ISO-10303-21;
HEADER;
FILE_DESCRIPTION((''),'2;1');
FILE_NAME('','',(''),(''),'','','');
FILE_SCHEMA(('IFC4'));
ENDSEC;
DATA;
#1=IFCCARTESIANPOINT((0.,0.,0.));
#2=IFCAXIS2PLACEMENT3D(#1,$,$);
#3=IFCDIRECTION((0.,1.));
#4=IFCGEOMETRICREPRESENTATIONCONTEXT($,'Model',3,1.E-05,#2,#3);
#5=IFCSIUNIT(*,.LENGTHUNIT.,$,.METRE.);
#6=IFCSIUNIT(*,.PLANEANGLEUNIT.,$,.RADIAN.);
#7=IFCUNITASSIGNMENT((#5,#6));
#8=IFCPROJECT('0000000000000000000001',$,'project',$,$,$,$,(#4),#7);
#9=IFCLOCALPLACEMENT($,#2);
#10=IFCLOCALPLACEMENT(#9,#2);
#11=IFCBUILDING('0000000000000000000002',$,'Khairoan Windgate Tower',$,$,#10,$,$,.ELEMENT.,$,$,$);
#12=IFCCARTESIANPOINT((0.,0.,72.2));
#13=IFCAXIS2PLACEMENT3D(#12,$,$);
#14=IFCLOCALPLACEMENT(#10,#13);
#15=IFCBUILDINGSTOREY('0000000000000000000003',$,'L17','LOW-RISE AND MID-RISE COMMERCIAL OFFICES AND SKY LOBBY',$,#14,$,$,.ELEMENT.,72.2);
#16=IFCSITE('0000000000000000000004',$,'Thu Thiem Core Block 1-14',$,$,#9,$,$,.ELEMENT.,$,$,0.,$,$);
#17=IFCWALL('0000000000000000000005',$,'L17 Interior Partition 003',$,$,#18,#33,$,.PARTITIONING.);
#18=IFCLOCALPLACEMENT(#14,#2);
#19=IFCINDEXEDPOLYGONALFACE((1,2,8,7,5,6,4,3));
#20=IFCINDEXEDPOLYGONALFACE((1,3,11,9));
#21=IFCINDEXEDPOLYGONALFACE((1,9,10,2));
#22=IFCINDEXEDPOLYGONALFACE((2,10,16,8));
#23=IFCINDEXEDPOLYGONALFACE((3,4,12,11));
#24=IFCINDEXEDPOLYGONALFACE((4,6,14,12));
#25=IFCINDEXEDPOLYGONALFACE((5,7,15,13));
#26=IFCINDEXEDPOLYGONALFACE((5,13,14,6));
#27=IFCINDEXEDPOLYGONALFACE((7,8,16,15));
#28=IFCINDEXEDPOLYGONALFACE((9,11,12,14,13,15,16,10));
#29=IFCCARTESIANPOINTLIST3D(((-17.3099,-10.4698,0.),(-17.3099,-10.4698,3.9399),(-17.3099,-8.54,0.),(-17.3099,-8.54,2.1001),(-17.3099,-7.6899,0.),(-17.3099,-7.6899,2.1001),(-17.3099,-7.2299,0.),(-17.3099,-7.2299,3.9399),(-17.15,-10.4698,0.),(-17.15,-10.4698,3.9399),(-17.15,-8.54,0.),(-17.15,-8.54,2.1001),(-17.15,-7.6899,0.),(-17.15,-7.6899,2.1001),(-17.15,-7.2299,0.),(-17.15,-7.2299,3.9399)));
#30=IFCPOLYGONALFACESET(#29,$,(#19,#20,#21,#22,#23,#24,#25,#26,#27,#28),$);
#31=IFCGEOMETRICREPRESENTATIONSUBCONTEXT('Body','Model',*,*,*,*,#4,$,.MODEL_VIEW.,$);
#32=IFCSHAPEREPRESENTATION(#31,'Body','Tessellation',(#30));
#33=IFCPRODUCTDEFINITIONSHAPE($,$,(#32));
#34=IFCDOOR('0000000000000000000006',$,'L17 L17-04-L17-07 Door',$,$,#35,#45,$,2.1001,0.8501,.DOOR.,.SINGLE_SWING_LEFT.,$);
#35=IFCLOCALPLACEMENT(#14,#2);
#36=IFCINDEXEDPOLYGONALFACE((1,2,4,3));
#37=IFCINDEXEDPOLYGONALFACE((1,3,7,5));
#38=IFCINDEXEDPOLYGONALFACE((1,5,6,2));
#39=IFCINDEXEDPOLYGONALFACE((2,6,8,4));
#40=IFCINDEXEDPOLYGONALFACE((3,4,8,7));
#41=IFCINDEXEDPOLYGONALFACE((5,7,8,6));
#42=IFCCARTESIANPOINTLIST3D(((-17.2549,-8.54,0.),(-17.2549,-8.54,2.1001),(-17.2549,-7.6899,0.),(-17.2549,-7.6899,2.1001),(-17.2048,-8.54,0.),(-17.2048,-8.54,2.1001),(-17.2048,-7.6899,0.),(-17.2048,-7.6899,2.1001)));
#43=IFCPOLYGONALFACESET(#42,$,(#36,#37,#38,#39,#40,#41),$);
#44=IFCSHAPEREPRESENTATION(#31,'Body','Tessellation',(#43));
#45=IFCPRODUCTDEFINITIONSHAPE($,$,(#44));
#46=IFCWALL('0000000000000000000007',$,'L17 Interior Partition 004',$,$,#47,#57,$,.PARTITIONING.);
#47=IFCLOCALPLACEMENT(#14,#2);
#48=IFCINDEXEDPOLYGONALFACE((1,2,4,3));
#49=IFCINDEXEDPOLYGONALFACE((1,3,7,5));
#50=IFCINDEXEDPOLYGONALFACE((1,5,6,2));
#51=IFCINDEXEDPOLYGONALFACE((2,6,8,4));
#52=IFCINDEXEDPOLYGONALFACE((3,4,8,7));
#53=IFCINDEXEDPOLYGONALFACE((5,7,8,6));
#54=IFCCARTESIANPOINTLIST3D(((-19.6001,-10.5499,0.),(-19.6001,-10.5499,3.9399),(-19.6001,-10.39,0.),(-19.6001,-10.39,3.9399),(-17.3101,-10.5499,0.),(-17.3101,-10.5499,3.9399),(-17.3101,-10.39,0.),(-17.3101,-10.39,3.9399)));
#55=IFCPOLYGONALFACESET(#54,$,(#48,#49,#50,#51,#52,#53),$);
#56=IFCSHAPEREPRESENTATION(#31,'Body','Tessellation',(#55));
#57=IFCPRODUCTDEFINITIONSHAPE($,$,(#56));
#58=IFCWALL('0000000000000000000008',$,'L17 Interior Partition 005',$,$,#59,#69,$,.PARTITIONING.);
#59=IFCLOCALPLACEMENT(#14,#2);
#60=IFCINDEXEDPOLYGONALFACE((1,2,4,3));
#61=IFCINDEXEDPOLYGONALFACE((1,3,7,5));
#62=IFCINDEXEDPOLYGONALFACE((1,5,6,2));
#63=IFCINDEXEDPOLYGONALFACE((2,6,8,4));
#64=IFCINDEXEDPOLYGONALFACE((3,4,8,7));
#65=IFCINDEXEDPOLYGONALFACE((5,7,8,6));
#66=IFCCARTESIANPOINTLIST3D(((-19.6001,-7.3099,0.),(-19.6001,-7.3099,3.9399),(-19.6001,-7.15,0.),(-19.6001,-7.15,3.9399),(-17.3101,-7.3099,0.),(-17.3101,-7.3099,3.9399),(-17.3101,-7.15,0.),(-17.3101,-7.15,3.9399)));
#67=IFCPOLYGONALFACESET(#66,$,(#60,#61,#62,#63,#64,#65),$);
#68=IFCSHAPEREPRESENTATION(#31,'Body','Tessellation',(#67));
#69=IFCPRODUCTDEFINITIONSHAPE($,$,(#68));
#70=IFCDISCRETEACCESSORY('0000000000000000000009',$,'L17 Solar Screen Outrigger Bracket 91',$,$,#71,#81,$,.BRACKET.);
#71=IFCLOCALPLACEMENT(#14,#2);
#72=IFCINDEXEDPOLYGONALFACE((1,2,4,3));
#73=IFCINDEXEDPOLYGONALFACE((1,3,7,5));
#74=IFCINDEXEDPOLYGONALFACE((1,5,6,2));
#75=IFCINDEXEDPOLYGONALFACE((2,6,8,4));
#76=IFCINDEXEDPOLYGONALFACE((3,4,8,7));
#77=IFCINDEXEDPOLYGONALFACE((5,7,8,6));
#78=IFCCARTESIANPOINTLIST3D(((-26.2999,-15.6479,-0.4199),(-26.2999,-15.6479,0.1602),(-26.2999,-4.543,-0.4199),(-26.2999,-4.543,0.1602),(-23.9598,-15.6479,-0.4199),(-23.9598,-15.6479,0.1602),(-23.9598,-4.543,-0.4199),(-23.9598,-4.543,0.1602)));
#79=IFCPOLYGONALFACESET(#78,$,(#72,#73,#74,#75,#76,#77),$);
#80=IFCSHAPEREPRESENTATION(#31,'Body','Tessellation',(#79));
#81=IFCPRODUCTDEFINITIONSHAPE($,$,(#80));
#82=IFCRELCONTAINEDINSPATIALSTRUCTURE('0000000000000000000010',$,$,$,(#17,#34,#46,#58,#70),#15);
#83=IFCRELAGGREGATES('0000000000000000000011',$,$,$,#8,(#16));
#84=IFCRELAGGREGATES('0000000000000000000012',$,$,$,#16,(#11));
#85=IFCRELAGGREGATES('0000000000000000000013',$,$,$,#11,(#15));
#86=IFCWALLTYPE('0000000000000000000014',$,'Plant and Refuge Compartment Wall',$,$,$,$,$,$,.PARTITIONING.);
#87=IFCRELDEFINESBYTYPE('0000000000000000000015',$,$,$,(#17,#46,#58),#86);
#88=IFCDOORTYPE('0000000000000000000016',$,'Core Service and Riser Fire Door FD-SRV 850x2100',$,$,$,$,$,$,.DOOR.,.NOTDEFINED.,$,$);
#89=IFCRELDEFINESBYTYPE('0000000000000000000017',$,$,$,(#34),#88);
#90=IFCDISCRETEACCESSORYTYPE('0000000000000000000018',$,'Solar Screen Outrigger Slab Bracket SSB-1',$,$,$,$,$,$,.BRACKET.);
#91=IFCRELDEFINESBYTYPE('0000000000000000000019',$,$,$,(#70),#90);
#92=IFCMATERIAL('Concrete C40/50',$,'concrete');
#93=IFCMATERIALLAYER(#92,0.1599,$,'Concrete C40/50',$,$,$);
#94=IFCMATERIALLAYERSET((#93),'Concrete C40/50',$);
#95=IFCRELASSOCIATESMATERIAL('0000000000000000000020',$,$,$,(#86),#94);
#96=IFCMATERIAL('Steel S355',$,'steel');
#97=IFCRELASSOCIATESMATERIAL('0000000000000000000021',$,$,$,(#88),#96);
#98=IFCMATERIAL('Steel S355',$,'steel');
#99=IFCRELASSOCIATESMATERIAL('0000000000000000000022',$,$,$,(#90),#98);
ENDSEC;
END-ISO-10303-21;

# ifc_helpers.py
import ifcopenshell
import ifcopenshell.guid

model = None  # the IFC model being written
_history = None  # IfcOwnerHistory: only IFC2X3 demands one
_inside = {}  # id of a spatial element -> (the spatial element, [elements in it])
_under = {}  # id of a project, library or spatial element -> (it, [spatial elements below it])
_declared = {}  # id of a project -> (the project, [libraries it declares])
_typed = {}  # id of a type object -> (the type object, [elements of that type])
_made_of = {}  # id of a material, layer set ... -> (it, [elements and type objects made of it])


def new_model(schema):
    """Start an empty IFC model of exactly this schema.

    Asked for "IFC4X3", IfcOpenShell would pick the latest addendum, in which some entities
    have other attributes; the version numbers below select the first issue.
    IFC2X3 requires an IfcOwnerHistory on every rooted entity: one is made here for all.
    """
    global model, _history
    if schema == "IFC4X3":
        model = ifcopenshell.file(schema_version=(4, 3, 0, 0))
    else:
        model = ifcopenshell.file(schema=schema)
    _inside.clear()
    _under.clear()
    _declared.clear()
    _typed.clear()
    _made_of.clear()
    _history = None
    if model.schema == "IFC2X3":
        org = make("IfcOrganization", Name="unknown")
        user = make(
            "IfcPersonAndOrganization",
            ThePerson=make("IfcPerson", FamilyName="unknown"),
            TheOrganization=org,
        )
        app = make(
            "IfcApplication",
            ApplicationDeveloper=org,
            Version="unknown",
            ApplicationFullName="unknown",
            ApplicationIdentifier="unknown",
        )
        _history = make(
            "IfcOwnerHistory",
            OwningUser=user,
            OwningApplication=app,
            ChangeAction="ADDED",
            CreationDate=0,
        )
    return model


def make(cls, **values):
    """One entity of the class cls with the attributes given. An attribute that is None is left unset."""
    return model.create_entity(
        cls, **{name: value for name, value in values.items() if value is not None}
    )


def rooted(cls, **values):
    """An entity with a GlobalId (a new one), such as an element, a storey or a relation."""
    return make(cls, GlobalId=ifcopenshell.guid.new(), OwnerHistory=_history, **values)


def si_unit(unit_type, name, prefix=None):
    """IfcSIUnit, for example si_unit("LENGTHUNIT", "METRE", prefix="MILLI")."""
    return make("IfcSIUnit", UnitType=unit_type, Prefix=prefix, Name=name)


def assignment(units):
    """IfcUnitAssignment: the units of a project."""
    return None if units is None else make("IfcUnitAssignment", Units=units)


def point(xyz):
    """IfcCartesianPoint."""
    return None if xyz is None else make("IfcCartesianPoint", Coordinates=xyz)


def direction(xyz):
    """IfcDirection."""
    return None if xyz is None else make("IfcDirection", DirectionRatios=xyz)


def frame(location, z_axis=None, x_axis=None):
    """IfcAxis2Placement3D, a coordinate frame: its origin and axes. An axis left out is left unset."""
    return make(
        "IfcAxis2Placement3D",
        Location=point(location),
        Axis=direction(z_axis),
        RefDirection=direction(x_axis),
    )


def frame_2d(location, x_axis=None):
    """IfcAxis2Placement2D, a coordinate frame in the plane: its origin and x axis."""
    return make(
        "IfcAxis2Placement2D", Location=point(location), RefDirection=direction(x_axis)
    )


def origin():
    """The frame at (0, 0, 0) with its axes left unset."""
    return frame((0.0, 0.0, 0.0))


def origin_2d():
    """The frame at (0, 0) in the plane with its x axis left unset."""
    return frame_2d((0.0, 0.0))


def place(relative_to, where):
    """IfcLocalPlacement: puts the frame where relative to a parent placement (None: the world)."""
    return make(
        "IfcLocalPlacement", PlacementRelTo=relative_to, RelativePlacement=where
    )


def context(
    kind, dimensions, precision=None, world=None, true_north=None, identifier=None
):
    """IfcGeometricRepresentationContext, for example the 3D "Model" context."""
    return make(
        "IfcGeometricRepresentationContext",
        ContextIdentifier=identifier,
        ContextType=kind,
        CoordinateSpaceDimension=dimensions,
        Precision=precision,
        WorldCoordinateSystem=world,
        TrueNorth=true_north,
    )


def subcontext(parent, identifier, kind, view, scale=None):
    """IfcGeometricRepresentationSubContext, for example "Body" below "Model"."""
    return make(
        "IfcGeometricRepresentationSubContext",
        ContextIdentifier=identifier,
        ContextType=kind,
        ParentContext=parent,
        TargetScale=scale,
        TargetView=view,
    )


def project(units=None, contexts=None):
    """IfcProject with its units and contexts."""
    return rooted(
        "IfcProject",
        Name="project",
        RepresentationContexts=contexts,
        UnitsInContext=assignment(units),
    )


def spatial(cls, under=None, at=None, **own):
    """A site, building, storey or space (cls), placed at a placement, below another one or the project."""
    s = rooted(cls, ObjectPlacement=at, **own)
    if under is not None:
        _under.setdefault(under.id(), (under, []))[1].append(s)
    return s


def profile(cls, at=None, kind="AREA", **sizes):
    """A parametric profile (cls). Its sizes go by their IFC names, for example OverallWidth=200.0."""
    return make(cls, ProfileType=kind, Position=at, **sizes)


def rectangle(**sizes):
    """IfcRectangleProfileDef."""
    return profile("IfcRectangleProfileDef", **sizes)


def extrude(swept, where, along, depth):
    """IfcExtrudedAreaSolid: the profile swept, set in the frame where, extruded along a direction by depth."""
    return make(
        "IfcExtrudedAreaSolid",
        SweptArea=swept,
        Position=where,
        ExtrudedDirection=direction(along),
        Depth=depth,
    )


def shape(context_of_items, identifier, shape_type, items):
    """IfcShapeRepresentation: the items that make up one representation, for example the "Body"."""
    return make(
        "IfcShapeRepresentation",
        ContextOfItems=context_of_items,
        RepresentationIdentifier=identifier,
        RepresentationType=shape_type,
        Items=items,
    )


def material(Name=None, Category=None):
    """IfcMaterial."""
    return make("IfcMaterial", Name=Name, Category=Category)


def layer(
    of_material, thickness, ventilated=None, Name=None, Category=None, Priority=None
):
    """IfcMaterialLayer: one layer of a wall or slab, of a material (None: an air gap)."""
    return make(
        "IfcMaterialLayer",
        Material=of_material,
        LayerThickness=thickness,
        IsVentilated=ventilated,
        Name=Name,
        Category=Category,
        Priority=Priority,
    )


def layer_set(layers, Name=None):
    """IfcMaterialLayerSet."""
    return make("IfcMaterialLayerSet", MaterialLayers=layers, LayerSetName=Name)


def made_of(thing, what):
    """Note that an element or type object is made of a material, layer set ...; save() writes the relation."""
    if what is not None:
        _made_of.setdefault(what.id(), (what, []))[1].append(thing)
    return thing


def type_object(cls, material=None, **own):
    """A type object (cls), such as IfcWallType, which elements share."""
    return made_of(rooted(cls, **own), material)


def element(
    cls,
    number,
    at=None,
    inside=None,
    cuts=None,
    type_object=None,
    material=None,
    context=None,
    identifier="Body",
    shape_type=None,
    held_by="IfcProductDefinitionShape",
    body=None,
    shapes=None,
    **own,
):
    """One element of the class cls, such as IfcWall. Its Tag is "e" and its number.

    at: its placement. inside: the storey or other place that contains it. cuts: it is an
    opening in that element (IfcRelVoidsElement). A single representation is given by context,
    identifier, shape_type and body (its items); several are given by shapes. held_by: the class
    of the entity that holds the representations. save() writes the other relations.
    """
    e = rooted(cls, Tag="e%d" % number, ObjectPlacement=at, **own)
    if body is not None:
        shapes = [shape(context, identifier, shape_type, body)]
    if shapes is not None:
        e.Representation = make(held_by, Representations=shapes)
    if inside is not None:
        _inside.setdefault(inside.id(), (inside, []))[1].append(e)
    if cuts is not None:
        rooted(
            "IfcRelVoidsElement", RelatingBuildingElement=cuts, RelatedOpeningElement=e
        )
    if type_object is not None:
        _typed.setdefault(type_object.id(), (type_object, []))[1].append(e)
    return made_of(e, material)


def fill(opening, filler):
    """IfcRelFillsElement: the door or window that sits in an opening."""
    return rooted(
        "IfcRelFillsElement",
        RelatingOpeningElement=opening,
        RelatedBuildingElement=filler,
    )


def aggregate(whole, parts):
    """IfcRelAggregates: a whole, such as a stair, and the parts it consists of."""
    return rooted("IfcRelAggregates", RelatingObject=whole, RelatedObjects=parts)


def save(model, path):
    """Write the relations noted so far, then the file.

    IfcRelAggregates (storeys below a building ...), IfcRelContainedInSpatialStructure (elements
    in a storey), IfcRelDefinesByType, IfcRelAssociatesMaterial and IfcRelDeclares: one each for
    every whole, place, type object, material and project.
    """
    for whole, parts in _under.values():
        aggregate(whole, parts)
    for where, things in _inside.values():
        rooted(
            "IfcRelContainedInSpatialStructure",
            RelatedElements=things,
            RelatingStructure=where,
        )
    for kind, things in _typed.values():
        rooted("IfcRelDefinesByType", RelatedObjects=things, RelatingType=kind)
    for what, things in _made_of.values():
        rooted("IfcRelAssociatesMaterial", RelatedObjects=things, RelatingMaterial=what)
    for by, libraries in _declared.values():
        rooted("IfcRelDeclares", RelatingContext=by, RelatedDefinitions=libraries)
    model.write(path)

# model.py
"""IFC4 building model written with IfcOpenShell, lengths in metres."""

from ifc_helpers import new_model, si_unit, direction, frame, frame_2d, origin, origin_2d, place, context, subcontext, project, spatial, rectangle, extrude, material, layer, layer_set, type_object, element, fill, save


model = new_model("IFC4")

# Units and contexts
model_context = context("Model", 3, precision=1e-05, world=origin(), true_north=direction((0.0, 1.0)))
body_context = subcontext(model_context, "Body", "Model", "MODEL_VIEW")
ifc_project = project(units=[si_unit("LENGTHUNIT", "METRE"), si_unit("PLANEANGLEUNIT", "RADIAN")], contexts=[model_context])

# Site, building, storey
site_placement = place(None, origin())
site = spatial("IfcSite", under=ifc_project, at=site_placement, Name="Thu Thiem Core Block 1-14", CompositionType="ELEMENT", RefElevation=0.0)
building_placement = place(site_placement, origin())
building = spatial("IfcBuilding", under=site, at=building_placement, Name="Khairoan Windgate Tower", CompositionType="ELEMENT")
storey_placement = place(building_placement, frame((0.0, 0.0, 72.2)))
storey = spatial("IfcBuildingStorey", under=building, at=storey_placement, Name="L17", Description="LOW-RISE AND MID-RISE COMMERCIAL OFFICES AND SKY LOBBY", CompositionType="ELEMENT", Elevation=72.2)

# Wall, opening, door
ifc_material_1 = material(Name="Concrete C40/50", Category="concrete")
ifc_layer_1 = layer(ifc_material_1, 0.1599, Name="Concrete C40/50")
ifc_layer_set_1 = layer_set([ifc_layer_1], Name="Concrete C40/50")
wall_type_1 = type_object("IfcWallType", Name="Plant and Refuge Compartment Wall", PredefinedType="PARTITIONING", material=ifc_layer_set_1)
ifc_material_2 = material(Name="Steel S355", Category="steel")
door_type_1 = type_object("IfcDoorType", Name="Core Service and Riser Fire Door FD-SRV 850x2100", OperationType="NOTDEFINED", PredefinedType="DOOR", material=ifc_material_2)
wall_1_placement = place(storey_placement, frame((-17.23, -10.47, 0.0), z_axis=(0.0, 0.0, 1.0), x_axis=(0.0, 1.0, 0.0)))
wall_1 = element("IfcWall", 1, at=wall_1_placement, inside=storey, type_object=wall_type_1, Name="L17 Interior Partition 003", PredefinedType="PARTITIONING", context=body_context, shape_type="SweptSolid", body=[
    extrude(rectangle(XDim=3.24, YDim=0.1599, at=frame_2d((1.6201, 0.0))), origin(), (0.0, 0.0, 1.0), 3.9399),
])
opening_1_placement = place(wall_1_placement, frame((1.9299, 0.0, 0.0)))
opening_1 = element("IfcOpeningElement", 2, at=opening_1_placement, cuts=wall_1, PredefinedType="OPENING", context=body_context, shape_type="SweptSolid", body=[
    extrude(rectangle(XDim=0.8501, YDim=2.1001, at=frame_2d((0.425, 1.05))), frame((0.0, 0.0898, 0.0), z_axis=(0.0, -1.0, 0.0), x_axis=(1.0, 0.0, 0.0)), (0.0, 0.0, 1.0), 0.1799),
])
door_1_placement = place(opening_1_placement, origin())
door_1 = element("IfcDoor", 3, at=door_1_placement, inside=storey, type_object=door_type_1, Name="L17 L17-04-L17-07 Door", OperationType="SINGLE_SWING_LEFT", OverallHeight=2.1001, OverallWidth=0.8501, PredefinedType="DOOR", context=body_context, shape_type="SweptSolid", body=[
    extrude(rectangle(XDim=0.8501, YDim=2.1001, at=frame_2d((0.425, 1.05))), frame((0.0, 0.0249, 0.0), z_axis=(0.0, -1.0, 0.0), x_axis=(1.0, 0.0, 0.0)), (0.0, 0.0, 1.0), 0.05),
])
fill(opening_1, door_1)

# Walls
for number, where, z_axis, x_axis, name in (
    (4, (-19.6001, -10.47, 0.0), (0.0, 0.0, 1.0), (1.0, 0.0, 0.0), "L17 Interior Partition 004"),
    (5, (-19.6001, -7.23, 0.0), (0.0, 0.0, 1.0), (1.0, 0.0, 0.0), "L17 Interior Partition 005"),
):
    element("IfcWall", number, at=place(storey_placement, frame(where, z_axis=z_axis, x_axis=x_axis)), inside=storey, type_object=wall_type_1, Name=name, PredefinedType="PARTITIONING", context=body_context, shape_type="SweptSolid", body=[
        extrude(rectangle(XDim=2.29, YDim=0.1599, at=frame_2d((1.145, 0.0))), origin(), (0.0, 0.0, 1.0), 3.9399),
    ])

# Discrete accessory
ifc_material_3 = material(Name="Steel S355", Category="steel")
discrete_accessory_type = type_object("IfcDiscreteAccessoryType", Name="Solar Screen Outrigger Slab Bracket SSB-1", PredefinedType="BRACKET", material=ifc_material_3)
discrete_accessory_placement = place(storey_placement, frame((-25.1299, -10.0955, -0.4199), z_axis=(0.0, 0.0, 1.0), x_axis=(0.0, 1.0, 0.0)))
element("IfcDiscreteAccessory", 6, at=discrete_accessory_placement, inside=storey, type_object=discrete_accessory_type, Name="L17 Solar Screen Outrigger Bracket 91", PredefinedType="BRACKET", context=body_context, shape_type="SweptSolid", body=[
    extrude(rectangle(XDim=11.105, YDim=2.3401, at=origin_2d()), origin(), (0.0, 0.0, 1.0), 0.5801),
])

save(model, "model.ifc")
